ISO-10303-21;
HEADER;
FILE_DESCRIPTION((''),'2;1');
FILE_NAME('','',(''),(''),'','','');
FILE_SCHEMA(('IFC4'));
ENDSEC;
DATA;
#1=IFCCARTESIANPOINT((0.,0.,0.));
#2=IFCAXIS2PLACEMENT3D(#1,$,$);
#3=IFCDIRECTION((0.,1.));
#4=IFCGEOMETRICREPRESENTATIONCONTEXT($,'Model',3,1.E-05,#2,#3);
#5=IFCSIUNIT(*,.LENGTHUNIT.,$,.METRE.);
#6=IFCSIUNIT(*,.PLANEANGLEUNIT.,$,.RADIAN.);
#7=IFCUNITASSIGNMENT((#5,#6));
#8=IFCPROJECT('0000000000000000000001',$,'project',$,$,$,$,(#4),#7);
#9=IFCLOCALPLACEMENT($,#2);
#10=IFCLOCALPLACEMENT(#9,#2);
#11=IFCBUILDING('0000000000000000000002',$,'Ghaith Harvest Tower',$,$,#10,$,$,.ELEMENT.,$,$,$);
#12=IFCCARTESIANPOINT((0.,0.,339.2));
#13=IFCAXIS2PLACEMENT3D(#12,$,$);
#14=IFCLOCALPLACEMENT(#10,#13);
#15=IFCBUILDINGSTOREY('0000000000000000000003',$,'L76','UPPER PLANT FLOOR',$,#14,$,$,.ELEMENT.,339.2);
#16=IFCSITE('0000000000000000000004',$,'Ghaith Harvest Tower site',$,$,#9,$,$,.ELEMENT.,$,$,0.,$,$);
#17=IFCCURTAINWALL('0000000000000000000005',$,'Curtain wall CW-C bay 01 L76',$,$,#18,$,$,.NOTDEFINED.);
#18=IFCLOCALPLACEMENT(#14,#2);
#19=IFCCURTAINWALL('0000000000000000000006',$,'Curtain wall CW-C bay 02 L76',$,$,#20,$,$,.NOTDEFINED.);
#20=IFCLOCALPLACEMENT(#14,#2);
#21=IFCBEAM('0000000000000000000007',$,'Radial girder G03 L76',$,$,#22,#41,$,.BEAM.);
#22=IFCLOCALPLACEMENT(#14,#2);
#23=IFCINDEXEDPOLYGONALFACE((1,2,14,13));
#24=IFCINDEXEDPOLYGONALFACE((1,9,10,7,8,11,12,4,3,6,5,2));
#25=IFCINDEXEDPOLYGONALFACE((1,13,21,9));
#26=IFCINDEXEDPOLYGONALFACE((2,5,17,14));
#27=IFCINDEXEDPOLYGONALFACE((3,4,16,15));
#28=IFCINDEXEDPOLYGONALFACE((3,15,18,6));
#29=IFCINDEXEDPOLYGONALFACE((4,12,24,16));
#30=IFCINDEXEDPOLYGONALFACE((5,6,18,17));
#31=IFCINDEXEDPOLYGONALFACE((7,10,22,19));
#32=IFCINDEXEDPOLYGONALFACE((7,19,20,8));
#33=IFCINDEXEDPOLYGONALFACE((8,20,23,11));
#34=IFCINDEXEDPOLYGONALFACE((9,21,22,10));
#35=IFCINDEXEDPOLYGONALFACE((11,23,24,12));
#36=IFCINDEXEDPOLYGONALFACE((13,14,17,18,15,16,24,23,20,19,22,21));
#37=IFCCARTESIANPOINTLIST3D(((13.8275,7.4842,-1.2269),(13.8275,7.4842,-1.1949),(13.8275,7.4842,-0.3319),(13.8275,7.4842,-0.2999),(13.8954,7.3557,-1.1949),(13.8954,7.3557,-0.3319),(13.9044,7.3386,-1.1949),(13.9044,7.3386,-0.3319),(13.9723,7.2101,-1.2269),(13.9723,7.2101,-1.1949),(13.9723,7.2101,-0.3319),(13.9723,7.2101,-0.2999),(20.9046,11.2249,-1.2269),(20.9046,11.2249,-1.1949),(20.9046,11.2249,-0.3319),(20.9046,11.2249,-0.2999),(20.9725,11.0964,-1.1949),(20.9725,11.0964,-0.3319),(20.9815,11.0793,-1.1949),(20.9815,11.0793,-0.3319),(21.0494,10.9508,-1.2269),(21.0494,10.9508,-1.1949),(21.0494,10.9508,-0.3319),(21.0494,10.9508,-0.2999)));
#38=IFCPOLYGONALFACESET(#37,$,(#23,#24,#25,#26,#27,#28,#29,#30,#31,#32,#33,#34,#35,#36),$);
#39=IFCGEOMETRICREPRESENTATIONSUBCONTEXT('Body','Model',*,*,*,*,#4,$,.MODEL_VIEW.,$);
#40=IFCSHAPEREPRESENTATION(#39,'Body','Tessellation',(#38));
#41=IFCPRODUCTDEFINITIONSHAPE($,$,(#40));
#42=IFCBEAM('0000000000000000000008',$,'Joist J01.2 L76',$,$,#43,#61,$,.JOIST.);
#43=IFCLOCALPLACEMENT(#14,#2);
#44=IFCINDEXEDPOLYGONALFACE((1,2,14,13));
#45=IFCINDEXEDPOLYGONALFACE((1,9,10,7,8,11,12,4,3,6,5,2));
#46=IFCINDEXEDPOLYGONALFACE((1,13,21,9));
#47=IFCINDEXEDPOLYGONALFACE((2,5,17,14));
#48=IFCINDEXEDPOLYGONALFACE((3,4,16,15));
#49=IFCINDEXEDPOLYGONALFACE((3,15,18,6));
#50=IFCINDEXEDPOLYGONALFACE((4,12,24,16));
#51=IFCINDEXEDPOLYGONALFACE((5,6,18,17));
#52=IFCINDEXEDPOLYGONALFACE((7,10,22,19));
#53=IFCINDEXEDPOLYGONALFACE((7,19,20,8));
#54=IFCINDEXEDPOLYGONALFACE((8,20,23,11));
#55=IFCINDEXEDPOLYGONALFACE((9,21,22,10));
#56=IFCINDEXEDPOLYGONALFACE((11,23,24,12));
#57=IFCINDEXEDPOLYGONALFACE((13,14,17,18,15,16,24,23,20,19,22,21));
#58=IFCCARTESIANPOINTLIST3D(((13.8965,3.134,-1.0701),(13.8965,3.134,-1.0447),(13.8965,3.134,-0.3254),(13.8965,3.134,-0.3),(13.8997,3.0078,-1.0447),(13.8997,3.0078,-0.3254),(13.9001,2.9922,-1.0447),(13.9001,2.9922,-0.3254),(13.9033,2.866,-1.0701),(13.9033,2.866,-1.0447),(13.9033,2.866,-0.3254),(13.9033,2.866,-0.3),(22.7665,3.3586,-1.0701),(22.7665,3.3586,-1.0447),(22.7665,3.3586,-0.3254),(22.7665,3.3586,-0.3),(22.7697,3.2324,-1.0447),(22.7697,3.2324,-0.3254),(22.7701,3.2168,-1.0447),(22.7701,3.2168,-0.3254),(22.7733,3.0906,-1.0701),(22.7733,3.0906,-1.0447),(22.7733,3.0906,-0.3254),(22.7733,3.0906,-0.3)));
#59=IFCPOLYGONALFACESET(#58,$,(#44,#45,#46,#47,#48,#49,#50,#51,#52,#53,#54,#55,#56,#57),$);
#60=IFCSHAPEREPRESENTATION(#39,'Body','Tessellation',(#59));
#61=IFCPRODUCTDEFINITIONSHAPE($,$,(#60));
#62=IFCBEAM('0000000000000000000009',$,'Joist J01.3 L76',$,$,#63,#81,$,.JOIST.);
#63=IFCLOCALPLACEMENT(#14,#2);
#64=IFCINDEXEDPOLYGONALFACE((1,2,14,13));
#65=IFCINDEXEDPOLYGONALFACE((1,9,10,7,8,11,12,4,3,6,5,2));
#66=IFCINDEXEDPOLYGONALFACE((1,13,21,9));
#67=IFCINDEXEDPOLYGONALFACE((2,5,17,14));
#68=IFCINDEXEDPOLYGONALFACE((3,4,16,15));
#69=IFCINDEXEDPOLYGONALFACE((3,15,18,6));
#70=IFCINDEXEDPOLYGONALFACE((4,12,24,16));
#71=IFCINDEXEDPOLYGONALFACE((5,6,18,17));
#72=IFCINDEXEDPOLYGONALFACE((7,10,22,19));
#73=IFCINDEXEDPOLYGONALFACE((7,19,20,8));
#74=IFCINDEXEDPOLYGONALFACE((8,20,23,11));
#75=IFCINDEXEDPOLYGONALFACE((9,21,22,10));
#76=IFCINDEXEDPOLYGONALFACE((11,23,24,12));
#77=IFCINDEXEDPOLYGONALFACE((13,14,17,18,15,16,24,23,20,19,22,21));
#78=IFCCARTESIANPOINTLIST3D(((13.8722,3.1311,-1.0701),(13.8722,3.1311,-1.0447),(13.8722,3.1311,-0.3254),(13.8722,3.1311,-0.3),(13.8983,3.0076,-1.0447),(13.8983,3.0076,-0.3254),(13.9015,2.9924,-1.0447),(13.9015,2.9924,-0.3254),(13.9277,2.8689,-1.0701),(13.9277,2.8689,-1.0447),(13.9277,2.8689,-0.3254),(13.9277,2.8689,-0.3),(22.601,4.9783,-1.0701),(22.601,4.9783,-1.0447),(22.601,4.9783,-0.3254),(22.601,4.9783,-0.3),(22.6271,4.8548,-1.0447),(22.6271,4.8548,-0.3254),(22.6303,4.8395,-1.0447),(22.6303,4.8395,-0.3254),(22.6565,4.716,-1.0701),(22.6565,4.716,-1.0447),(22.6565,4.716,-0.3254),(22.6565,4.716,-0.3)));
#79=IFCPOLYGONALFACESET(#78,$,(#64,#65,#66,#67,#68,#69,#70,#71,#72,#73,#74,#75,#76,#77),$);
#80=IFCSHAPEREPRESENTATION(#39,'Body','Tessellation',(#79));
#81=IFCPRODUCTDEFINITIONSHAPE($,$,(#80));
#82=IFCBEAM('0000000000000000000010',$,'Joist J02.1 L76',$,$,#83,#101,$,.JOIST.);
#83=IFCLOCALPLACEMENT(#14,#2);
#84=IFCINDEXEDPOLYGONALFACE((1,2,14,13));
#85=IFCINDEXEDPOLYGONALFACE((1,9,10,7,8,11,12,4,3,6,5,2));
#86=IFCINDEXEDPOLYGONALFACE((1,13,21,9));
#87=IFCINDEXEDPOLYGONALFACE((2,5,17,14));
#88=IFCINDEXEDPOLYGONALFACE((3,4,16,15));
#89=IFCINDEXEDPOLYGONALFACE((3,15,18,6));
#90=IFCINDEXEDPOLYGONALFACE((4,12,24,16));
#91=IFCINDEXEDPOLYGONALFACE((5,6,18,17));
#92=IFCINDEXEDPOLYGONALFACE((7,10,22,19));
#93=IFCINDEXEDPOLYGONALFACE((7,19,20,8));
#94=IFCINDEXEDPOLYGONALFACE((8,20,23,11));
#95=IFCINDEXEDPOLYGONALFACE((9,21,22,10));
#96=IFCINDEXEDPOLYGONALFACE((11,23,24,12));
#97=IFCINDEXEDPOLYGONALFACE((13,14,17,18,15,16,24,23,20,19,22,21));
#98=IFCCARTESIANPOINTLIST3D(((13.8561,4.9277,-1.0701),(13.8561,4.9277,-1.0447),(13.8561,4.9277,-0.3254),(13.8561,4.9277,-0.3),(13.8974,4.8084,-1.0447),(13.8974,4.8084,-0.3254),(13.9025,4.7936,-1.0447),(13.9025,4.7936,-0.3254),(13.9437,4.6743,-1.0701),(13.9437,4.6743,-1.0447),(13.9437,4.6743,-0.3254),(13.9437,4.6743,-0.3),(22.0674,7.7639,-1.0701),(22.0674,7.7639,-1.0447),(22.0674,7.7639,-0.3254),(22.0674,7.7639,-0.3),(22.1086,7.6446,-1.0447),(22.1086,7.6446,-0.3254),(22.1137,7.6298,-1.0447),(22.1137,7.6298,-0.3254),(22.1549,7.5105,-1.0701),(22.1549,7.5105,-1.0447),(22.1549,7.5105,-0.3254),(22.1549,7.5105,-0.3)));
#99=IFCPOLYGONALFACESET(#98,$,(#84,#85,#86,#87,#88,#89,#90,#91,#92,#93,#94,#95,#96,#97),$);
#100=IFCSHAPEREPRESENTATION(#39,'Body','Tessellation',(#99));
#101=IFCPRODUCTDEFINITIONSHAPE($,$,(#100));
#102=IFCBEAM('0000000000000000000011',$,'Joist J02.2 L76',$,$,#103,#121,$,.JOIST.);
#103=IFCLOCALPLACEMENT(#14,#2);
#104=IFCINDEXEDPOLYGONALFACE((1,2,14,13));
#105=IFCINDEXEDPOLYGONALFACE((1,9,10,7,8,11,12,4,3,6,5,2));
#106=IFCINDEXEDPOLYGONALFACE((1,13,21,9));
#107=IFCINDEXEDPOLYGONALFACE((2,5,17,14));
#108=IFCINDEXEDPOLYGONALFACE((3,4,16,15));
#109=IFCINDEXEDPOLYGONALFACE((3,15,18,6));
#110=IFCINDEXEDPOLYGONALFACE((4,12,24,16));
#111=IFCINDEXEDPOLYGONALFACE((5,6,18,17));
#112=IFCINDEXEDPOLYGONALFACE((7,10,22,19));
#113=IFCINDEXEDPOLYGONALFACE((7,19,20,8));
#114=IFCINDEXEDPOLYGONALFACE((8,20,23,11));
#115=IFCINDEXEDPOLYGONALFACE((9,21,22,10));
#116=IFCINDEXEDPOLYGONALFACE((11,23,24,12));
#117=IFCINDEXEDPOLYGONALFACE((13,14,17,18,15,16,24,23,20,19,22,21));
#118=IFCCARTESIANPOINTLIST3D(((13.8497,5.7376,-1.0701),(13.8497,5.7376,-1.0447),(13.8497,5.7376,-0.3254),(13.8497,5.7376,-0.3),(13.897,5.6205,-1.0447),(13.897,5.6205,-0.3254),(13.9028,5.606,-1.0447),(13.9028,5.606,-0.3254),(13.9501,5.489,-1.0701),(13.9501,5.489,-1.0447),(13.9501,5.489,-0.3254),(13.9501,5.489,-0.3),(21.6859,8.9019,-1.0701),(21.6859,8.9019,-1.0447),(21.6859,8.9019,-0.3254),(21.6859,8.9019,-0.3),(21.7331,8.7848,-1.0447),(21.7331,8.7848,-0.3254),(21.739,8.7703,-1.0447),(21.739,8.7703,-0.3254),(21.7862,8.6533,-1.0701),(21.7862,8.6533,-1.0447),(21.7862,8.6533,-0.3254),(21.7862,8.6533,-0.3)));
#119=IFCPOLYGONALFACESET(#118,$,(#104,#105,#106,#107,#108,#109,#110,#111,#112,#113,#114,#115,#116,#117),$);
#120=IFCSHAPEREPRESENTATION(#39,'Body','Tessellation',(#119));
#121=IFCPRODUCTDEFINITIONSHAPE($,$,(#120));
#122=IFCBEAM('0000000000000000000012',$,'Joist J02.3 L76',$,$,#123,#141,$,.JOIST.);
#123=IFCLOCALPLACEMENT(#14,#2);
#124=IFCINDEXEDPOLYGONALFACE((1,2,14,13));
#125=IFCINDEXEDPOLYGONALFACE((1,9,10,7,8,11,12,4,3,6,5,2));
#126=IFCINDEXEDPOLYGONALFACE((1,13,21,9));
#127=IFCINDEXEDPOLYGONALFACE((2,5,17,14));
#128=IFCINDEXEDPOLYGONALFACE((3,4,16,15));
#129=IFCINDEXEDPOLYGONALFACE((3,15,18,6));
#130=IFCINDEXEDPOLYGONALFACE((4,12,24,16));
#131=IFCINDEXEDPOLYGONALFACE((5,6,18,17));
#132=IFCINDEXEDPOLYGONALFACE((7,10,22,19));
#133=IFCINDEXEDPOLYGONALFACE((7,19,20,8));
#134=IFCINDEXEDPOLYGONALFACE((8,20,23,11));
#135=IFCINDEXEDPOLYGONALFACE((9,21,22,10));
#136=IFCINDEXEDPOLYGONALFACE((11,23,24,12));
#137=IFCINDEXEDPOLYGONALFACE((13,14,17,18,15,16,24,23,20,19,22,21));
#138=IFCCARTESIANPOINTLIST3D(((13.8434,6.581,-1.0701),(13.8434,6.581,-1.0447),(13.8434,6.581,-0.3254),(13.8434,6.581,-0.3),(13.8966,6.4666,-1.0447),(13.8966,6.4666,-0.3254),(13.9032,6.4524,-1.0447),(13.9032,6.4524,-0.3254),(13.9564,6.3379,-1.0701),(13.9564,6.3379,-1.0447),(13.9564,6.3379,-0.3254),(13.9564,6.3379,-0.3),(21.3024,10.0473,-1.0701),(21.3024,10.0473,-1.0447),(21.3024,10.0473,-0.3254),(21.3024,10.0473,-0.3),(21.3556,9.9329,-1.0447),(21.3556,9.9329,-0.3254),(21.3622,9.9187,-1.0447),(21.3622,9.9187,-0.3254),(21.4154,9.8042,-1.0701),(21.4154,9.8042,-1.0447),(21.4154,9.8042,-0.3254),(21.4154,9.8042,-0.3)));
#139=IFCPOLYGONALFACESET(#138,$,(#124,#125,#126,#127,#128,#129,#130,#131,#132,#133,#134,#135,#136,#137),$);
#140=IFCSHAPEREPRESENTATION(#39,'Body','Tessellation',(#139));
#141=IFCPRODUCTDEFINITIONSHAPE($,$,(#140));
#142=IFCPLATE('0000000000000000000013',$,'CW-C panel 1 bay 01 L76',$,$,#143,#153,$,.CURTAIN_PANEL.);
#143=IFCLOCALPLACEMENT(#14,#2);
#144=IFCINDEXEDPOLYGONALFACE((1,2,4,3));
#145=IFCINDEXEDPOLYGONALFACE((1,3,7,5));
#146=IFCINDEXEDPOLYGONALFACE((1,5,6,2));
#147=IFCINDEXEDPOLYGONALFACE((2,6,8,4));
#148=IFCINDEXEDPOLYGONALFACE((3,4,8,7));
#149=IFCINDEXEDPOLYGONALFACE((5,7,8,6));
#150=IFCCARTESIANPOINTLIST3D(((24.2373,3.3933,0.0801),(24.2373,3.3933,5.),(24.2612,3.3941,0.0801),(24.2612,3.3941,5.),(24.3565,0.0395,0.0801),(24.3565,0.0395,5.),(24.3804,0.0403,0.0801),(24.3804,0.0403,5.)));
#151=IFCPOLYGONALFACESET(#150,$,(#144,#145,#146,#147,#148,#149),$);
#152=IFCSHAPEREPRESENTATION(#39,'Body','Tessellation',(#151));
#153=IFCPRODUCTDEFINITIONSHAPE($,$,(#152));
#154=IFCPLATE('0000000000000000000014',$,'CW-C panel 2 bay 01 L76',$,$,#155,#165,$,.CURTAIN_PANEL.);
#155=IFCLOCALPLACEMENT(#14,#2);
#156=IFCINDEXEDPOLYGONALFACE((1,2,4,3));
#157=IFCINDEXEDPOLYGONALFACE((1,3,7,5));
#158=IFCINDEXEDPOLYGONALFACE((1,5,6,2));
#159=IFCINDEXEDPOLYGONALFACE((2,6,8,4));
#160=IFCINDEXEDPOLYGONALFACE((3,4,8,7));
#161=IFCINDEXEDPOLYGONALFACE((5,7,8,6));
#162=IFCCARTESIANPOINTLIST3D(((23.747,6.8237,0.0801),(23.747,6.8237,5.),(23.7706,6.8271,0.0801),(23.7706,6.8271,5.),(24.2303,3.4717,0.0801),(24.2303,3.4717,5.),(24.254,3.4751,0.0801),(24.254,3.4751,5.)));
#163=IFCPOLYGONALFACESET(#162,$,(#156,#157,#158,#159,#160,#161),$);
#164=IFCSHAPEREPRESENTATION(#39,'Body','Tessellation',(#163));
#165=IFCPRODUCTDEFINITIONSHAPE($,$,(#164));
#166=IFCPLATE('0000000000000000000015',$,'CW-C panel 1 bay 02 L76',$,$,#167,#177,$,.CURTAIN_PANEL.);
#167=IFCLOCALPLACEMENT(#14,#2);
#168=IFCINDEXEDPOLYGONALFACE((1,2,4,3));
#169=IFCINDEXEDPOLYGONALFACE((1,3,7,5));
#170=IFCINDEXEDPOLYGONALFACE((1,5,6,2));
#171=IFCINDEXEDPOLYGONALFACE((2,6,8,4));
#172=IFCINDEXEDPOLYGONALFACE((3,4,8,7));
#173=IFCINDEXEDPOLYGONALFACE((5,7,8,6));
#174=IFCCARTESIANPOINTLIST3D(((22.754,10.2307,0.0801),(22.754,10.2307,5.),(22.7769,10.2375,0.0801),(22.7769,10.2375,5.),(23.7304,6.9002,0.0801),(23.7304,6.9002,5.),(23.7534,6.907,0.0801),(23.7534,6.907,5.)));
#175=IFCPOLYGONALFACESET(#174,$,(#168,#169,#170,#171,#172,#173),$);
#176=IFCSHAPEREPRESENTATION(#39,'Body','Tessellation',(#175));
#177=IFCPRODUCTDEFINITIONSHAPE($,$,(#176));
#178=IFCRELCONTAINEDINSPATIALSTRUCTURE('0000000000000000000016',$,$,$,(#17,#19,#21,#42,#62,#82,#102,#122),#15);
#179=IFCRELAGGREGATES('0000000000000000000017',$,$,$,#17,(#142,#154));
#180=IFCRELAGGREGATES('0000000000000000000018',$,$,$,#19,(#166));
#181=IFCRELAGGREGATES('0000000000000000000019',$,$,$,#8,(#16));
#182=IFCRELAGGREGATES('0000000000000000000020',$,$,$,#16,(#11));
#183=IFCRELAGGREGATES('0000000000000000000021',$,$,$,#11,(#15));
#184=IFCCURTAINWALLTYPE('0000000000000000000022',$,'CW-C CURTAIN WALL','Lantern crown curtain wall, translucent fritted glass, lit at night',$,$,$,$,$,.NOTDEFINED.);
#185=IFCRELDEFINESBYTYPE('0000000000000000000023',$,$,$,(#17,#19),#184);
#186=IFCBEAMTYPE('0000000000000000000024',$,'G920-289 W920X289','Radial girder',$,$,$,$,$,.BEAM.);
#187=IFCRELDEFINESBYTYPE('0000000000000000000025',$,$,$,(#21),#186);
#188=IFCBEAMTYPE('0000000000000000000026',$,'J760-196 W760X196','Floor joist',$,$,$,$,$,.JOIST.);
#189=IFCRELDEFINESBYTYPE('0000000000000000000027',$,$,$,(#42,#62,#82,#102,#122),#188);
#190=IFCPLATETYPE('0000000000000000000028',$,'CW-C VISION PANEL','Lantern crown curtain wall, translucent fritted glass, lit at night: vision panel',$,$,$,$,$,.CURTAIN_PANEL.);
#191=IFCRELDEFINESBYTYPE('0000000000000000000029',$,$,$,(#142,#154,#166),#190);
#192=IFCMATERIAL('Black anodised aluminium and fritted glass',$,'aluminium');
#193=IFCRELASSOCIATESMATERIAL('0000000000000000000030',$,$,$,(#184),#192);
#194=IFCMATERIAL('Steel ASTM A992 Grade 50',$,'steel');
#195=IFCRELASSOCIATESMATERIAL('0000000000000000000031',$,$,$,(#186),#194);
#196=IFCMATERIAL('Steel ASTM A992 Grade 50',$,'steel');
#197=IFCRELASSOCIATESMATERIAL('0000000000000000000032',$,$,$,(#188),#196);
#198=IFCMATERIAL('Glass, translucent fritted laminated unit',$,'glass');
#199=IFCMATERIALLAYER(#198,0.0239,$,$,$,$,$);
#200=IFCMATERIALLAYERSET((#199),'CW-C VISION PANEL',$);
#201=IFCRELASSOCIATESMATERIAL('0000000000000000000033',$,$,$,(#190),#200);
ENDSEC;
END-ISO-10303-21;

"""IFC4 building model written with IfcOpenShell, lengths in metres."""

from ifc_helpers import new_model, si_unit, direction, frame, origin, origin_2d, place, context, subcontext, project, spatial, rectangle, i_section, extrude, material, layer, layer_set, material_profile, profile_set, type_object, element, aggregate, save


model = new_model("IFC4")

# Units and contexts
model_context = context("Model", 3, precision=1e-05, world=origin(), true_north=direction((0.0, 1.0)))
body_context = subcontext(model_context, "Body", "Model", "MODEL_VIEW")
ifc_project = project(units=[si_unit("LENGTHUNIT", "METRE"), si_unit("PLANEANGLEUNIT", "RADIAN")], contexts=[model_context])

# Site, building, storey
site_placement = place(None, origin())
site = spatial("IfcSite", under=ifc_project, at=site_placement, Name="Ghaith Harvest Tower site", CompositionType="ELEMENT", RefElevation=0.0)
building_placement = place(site_placement, origin())
building = spatial("IfcBuilding", under=site, at=building_placement, Name="Ghaith Harvest Tower", CompositionType="ELEMENT")
storey_placement = place(building_placement, frame((0.0, 0.0, 339.2)))
storey = spatial("IfcBuildingStorey", under=building, at=storey_placement, Name="L76", Description="UPPER PLANT FLOOR", CompositionType="ELEMENT", Elevation=339.2)

# Curtain wall
ifc_material_1 = material(Name="Black anodised aluminium and fritted glass", Category="aluminium")
curtain_wall_type = type_object("IfcCurtainWallType", Name="CW-C CURTAIN WALL", Description="Lantern crown curtain wall, translucent fritted glass, lit at night", PredefinedType="NOTDEFINED", material=ifc_material_1)
curtain_wall_1_placement = place(storey_placement, origin())
curtain_wall_1 = element("IfcCurtainWall", 1, at=curtain_wall_1_placement, inside=storey, type_object=curtain_wall_type, Name="Curtain wall CW-C bay 01 L76", PredefinedType="NOTDEFINED")

# Curtain wall
curtain_wall_2_placement = place(storey_placement, origin())
curtain_wall_2 = element("IfcCurtainWall", 2, at=curtain_wall_2_placement, inside=storey, type_object=curtain_wall_type, Name="Curtain wall CW-C bay 02 L76", PredefinedType="NOTDEFINED")

# Beams
ifc_material_2 = material(Name="Steel ASTM A992 Grade 50", Category="steel")
ifc_material_profile_1 = material_profile(ifc_material_2, i_section(OverallWidth=0.3101, OverallDepth=0.927, WebThickness=0.0193, FlangeThickness=0.032, at=origin_2d()), Name="W920X289")
ifc_profile_set_1 = profile_set([ifc_material_profile_1], Name="Steel ASTM A992 Grade 50")
beam_type_1 = type_object("IfcBeamType", Name="G920-289 W920X289", Description="Radial girder", PredefinedType="BEAM", material=ifc_profile_set_1)
beam_1_placement = place(storey_placement, frame((13.8999, 7.3472, -0.7634), z_axis=(0.884098, 0.467302, 0.0), x_axis=(-0.467302, 0.884098, 0.0)))
element("IfcBeam", 3, at=beam_1_placement, inside=storey, type_object=beam_type_1, Name="Radial girder G03 L76", PredefinedType="BEAM", context=body_context, shape_type="SweptSolid", body=[
    extrude(i_section(OverallWidth=0.3101, OverallDepth=0.927, WebThickness=0.0193, FlangeThickness=0.032, at=origin_2d()), origin(), (0.0, 0.0, 1.0), 8.0049),
])
ifc_material_3 = material(Name="Steel ASTM A992 Grade 50", Category="steel")
ifc_material_profile_2 = material_profile(ifc_material_3, i_section(OverallWidth=0.2681, OverallDepth=0.77, WebThickness=0.0156, FlangeThickness=0.0254, at=origin_2d()), Name="W760X196")
ifc_profile_set_2 = profile_set([ifc_material_profile_2], Name="Steel ASTM A992 Grade 50")
beam_type_2 = type_object("IfcBeamType", Name="J760-196 W760X196", Description="Floor joist", PredefinedType="JOIST", material=ifc_profile_set_2)
beam_2_placement = place(storey_placement, frame((13.8999, 3.0, -0.6851), z_axis=(0.99968, 0.025315, 0.0), x_axis=(-0.025315, 0.99968, 0.0)))
element("IfcBeam", 4, at=beam_2_placement, inside=storey, type_object=beam_type_2, Name="Joist J01.2 L76", PredefinedType="JOIST", context=body_context, shape_type="SweptSolid", body=[
    extrude(i_section(OverallWidth=0.2681, OverallDepth=0.77, WebThickness=0.0156, FlangeThickness=0.0254, at=origin_2d()), origin(), (0.0, 0.0, 1.0), 8.8728),
])
beam_3_placement = place(storey_placement, frame((13.8999, 3.0, -0.6851), z_axis=(0.978334, 0.207034, 0.0), x_axis=(-0.207034, 0.978334, 0.0)))
element("IfcBeam", 5, at=beam_3_placement, inside=storey, type_object=beam_type_2, Name="Joist J01.3 L76", PredefinedType="JOIST", context=body_context, shape_type="SweptSolid", body=[
    extrude(i_section(OverallWidth=0.2681, OverallDepth=0.77, WebThickness=0.0156, FlangeThickness=0.0254, at=origin_2d()), origin(), (0.0, 0.0, 1.0), 8.9221),
])
beam_4_placement = place(storey_placement, frame((13.8999, 4.801, -0.6851), z_axis=(0.945205, 0.326478, 0.0), x_axis=(-0.326478, 0.945205, 0.0)))
element("IfcBeam", 6, at=beam_4_placement, inside=storey, type_object=beam_type_2, Name="Joist J02.1 L76", PredefinedType="JOIST", context=body_context, shape_type="SweptSolid", body=[
    extrude(i_section(OverallWidth=0.2681, OverallDepth=0.77, WebThickness=0.0156, FlangeThickness=0.0254, at=origin_2d()), origin(), (0.0, 0.0, 1.0), 8.6873),
])
beam_5_placement = place(storey_placement, frame((13.8999, 5.6133, -0.6851), z_axis=(0.927254, 0.374432, 0.0), x_axis=(-0.374432, 0.927254, 0.0)))
element("IfcBeam", 7, at=beam_5_placement, inside=storey, type_object=beam_type_2, Name="Joist J02.2 L76", PredefinedType="JOIST", context=body_context, shape_type="SweptSolid", body=[
    extrude(i_section(OverallWidth=0.2681, OverallDepth=0.77, WebThickness=0.0156, FlangeThickness=0.0254, at=origin_2d()), origin(), (0.0, 0.0, 1.0), 8.4509),
])
beam_6_placement = place(storey_placement, frame((13.8999, 6.4595, -0.6851), z_axis=(0.90686, 0.421432, 0.0), x_axis=(-0.421432, 0.90686, 0.0)))
element("IfcBeam", 8, at=beam_6_placement, inside=storey, type_object=beam_type_2, Name="Joist J02.3 L76", PredefinedType="JOIST", context=body_context, shape_type="SweptSolid", body=[
    extrude(i_section(OverallWidth=0.2681, OverallDepth=0.77, WebThickness=0.0156, FlangeThickness=0.0254, at=origin_2d()), origin(), (0.0, 0.0, 1.0), 8.2251),
])

# Plates
ifc_material_4 = material(Name="Glass, translucent fritted laminated unit", Category="glass")
ifc_layer = layer(ifc_material_4, 0.0239)
ifc_layer_set = layer_set([ifc_layer], Name="CW-C VISION PANEL")
plate_type = type_object("IfcPlateType", Name="CW-C VISION PANEL", Description="Lantern crown curtain wall, translucent fritted glass, lit at night: vision panel", PredefinedType="CURTAIN_PANEL", material=ifc_layer_set)
plate_1_placement = place(storey_placement, frame((24.3088, 1.7168, 0.0801), z_axis=(0.0, 0.0, 1.0), x_axis=(-0.035536, 0.999368, 0.0)))
plate_1 = element("IfcPlate", 9, at=plate_1_placement, type_object=plate_type, Name="CW-C panel 1 bay 01 L76", PredefinedType="CURTAIN_PANEL", context=body_context, shape_type="SweptSolid", body=[
    extrude(rectangle(XDim=3.356, YDim=0.0239, at=origin_2d()), origin(), (0.0, 0.0, 1.0), 4.9199),
])
plate_2_placement = place(storey_placement, frame((24.0005, 5.1494, 0.0801), z_axis=(0.0, 0.0, 1.0), x_axis=(-0.14273, 0.989762, 0.0)))
plate_2 = element("IfcPlate", 10, at=plate_2_placement, type_object=plate_type, Name="CW-C panel 2 bay 01 L76", PredefinedType="CURTAIN_PANEL", context=body_context, shape_type="SweptSolid", body=[
    extrude(rectangle(XDim=3.3867, YDim=0.0239, at=origin_2d()), origin(), (0.0, 0.0, 1.0), 4.9199),
])
aggregate(curtain_wall_1, [plate_1, plate_2])
plate_3_placement = place(storey_placement, frame((23.2537, 8.5688, 0.0801), z_axis=(0.0, 0.0, 1.0), x_axis=(-0.281345, 0.959607, 0.0)))
plate_3 = element("IfcPlate", 11, at=plate_3_placement, type_object=plate_type, Name="CW-C panel 1 bay 02 L76", PredefinedType="CURTAIN_PANEL", context=body_context, shape_type="SweptSolid", body=[
    extrude(rectangle(XDim=3.4707, YDim=0.0239, at=origin_2d()), origin(), (0.0, 0.0, 1.0), 4.9199),
])
aggregate(curtain_wall_2, [plate_3])

save(model, "model.ifc")
